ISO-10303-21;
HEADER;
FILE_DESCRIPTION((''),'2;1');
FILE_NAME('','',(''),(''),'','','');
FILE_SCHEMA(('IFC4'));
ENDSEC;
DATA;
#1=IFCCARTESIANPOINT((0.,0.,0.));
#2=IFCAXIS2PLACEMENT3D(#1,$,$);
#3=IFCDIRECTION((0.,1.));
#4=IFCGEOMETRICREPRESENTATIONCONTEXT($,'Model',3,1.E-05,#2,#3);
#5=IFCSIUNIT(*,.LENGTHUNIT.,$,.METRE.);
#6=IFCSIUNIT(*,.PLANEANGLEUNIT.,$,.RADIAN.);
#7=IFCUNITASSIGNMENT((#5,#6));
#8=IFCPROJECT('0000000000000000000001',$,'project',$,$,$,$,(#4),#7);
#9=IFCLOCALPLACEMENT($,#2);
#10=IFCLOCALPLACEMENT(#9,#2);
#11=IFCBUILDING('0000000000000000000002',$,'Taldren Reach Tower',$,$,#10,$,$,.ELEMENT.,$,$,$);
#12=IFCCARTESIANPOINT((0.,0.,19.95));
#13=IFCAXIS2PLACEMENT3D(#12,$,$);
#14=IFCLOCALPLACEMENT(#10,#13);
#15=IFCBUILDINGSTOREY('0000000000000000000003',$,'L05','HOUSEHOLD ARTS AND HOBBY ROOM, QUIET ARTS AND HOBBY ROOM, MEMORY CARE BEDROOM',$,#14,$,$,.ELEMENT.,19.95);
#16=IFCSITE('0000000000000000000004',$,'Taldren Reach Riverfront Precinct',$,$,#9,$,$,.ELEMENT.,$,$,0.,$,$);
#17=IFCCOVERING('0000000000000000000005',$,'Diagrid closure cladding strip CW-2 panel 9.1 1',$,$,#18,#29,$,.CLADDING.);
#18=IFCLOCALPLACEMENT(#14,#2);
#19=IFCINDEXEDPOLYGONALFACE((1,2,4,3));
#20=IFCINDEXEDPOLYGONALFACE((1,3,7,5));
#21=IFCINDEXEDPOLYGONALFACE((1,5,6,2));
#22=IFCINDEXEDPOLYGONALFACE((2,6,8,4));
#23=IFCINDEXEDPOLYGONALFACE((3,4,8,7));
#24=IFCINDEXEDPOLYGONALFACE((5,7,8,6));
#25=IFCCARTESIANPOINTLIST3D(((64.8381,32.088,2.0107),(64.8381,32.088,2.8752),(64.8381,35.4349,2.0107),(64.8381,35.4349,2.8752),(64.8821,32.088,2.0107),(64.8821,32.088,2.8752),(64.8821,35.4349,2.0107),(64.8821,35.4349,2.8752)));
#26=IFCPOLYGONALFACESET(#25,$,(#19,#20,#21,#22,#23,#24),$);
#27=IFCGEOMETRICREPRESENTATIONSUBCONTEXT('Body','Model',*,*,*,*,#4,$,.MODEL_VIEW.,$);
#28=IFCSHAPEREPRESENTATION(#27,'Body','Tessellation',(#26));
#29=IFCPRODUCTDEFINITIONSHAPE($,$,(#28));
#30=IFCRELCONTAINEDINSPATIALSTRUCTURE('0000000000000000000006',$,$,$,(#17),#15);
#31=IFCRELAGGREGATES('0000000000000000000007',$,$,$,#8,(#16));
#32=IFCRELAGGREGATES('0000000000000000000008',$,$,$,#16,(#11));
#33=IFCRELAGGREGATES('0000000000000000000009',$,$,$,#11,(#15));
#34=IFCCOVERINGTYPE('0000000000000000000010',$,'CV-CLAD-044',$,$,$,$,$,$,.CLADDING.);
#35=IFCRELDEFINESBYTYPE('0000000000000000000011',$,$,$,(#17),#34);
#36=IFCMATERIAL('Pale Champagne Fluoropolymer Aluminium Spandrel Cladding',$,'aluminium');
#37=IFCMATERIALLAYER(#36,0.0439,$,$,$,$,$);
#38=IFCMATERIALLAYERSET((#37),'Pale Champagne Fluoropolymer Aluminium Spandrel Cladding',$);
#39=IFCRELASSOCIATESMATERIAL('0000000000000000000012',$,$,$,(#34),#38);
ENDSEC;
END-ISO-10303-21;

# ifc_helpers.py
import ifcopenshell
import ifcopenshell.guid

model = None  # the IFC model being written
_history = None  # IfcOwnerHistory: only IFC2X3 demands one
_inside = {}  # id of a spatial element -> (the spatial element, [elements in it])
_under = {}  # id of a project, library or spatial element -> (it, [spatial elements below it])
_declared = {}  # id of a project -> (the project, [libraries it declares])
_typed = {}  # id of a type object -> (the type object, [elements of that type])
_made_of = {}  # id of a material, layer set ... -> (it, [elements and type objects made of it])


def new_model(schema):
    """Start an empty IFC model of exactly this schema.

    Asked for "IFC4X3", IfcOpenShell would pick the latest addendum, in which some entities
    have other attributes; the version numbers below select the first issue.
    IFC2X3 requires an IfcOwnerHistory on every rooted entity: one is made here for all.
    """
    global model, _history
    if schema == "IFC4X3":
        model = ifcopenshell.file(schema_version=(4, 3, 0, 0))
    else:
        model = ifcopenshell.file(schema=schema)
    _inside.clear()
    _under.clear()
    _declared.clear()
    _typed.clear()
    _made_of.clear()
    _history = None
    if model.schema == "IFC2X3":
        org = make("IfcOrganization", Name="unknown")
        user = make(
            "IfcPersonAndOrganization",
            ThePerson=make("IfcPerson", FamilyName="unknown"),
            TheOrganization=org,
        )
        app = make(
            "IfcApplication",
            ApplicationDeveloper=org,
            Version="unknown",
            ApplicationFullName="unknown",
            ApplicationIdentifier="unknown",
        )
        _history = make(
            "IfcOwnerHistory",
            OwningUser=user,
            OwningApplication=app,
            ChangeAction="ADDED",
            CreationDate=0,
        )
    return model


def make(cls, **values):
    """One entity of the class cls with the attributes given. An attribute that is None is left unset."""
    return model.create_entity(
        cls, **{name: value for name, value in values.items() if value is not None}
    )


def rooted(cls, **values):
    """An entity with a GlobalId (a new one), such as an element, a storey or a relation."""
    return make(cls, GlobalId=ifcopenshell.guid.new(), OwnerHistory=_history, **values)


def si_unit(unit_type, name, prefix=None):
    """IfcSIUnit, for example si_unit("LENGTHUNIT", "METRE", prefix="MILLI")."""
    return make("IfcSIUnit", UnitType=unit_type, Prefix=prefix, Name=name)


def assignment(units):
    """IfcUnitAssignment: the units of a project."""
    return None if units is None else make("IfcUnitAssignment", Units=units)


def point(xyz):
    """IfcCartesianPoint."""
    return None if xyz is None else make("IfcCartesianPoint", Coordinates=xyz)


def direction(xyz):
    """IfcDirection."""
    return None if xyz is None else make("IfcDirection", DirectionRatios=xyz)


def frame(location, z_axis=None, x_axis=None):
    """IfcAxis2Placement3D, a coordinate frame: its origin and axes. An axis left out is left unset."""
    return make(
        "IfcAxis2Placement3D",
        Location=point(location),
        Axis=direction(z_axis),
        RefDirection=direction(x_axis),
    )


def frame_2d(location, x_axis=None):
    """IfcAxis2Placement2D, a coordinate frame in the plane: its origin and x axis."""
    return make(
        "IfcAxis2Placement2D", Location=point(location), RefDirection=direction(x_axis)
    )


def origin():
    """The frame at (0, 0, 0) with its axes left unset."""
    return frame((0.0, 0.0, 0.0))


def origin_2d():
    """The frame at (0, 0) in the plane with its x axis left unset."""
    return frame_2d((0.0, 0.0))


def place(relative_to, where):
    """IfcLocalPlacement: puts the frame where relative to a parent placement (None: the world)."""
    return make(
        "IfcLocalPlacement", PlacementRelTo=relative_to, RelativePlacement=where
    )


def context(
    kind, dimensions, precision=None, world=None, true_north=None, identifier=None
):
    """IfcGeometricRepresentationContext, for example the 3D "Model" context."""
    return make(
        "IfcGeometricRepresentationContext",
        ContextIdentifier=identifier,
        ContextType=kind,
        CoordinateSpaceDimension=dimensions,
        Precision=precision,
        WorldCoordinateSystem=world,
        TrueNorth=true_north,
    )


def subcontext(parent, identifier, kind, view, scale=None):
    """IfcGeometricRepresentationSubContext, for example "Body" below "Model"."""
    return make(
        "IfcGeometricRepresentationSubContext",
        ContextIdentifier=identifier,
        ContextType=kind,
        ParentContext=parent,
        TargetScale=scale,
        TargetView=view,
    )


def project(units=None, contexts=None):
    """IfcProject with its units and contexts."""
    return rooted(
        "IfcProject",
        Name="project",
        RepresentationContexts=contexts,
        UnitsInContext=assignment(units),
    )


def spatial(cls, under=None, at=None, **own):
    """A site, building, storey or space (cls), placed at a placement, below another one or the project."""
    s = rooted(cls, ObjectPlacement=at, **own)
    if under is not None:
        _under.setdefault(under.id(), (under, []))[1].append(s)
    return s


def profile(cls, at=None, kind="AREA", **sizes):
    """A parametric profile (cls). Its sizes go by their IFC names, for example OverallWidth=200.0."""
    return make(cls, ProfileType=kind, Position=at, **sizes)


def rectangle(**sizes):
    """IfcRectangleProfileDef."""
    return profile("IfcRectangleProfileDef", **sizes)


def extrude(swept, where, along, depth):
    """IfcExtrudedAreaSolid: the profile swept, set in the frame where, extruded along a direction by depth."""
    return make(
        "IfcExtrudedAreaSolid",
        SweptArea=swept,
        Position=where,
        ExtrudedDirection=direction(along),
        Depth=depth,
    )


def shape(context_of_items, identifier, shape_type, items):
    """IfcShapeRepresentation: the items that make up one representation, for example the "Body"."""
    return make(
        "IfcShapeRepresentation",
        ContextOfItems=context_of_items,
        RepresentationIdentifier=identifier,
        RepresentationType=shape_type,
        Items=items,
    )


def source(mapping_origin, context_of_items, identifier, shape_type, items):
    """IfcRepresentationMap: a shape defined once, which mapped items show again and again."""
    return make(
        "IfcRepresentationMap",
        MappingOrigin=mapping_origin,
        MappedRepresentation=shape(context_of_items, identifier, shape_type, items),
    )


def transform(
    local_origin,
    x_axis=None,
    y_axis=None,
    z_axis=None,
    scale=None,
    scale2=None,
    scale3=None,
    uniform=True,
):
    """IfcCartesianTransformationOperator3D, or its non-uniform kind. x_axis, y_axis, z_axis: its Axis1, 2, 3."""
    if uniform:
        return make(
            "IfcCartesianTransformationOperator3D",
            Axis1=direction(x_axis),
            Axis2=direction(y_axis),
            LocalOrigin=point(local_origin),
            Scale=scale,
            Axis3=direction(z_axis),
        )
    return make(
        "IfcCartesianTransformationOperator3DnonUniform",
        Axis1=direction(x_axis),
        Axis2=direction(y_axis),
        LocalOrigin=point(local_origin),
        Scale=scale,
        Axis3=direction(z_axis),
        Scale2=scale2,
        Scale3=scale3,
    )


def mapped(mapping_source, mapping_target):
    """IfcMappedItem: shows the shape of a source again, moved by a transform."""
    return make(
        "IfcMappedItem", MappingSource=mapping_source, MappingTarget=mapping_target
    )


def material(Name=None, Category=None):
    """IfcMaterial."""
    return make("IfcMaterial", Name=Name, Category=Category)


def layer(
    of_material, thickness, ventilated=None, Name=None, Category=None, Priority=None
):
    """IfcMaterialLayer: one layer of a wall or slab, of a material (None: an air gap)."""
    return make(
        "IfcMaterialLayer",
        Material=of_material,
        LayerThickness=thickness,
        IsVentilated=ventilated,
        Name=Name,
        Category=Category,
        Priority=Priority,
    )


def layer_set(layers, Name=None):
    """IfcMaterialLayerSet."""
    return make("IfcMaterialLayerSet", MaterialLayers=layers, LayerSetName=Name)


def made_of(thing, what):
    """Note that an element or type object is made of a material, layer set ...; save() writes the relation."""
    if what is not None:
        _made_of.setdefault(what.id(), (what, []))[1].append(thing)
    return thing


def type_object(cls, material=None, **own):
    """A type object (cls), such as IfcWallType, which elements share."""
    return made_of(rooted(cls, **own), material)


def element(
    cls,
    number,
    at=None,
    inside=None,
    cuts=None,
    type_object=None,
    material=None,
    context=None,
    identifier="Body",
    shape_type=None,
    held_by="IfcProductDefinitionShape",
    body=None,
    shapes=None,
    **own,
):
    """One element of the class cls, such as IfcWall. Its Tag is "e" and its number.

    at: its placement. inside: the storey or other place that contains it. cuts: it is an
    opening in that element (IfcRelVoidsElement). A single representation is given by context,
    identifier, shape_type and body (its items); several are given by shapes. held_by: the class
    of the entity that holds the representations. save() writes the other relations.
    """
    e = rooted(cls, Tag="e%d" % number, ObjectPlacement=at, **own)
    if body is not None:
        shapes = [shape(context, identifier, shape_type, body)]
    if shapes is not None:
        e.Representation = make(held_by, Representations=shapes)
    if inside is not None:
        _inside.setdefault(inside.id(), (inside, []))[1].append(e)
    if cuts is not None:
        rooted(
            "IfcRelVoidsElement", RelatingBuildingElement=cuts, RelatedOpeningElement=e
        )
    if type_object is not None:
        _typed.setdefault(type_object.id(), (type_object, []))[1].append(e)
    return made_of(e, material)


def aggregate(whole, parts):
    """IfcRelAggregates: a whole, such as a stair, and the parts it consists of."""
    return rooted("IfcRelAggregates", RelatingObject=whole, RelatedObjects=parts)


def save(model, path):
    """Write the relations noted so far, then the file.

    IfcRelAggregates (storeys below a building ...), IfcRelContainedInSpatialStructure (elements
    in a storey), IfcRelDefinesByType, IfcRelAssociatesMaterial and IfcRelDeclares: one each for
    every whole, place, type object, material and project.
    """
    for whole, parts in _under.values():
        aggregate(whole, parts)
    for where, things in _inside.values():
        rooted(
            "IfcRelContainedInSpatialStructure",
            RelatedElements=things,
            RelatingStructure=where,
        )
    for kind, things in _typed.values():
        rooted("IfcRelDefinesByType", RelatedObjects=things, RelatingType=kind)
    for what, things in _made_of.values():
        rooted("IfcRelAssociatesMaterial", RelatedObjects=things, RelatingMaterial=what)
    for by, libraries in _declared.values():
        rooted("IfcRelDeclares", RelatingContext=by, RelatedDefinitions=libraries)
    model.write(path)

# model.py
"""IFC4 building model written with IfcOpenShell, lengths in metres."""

from ifc_helpers import new_model, si_unit, direction, frame, origin, origin_2d, place, context, subcontext, project, spatial, rectangle, extrude, source, transform, mapped, material, layer, layer_set, type_object, element, save


model = new_model("IFC4")

# Units and contexts
model_context = context("Model", 3, precision=1e-05, world=origin(), true_north=direction((0.0, 1.0)))
body_context = subcontext(model_context, "Body", "Model", "MODEL_VIEW")
ifc_project = project(units=[si_unit("LENGTHUNIT", "METRE"), si_unit("PLANEANGLEUNIT", "RADIAN")], contexts=[model_context])

# Site, building, storey
site_placement = place(None, origin())
site = spatial("IfcSite", under=ifc_project, at=site_placement, Name="Taldren Reach Riverfront Precinct", CompositionType="ELEMENT", RefElevation=0.0)
building_placement = place(site_placement, origin())
building = spatial("IfcBuilding", under=site, at=building_placement, Name="Taldren Reach Tower", CompositionType="ELEMENT")
storey_placement = place(building_placement, frame((0.0, 0.0, 19.95)))
storey = spatial("IfcBuildingStorey", under=building, at=storey_placement, Name="L05", Description="HOUSEHOLD ARTS AND HOBBY ROOM, QUIET ARTS AND HOBBY ROOM, MEMORY CARE BEDROOM", CompositionType="ELEMENT", Elevation=19.95)

# Covering
ifc_material_1 = material(Name="Pale Champagne Fluoropolymer Aluminium Spandrel Cladding", Category="aluminium")
ifc_layer_1 = layer(ifc_material_1, 0.0439)
ifc_layer_set_1 = layer_set([ifc_layer_1], Name="Pale Champagne Fluoropolymer Aluminium Spandrel Cladding")
covering_type = type_object("IfcCoveringType", Name="CV-CLAD-044", PredefinedType="CLADDING", material=ifc_layer_set_1)
shared_shape_1 = source(origin(), body_context, "Body", "SweptSolid", [
    extrude(rectangle(XDim=3.3469, YDim=0.0439, at=origin_2d()), origin(), (0.0, 0.0, 1.0), 0.8645),
])
covering_placement = place(storey_placement, frame((64.8601, 33.7615, 2.0107), z_axis=(0.0, 0.0, 1.0), x_axis=(0.0, 1.0, 0.0)))
element("IfcCovering", 1, at=covering_placement, inside=storey, type_object=covering_type, Name="Diagrid closure cladding strip CW-2 panel 9.1 1", PredefinedType="CLADDING", context=body_context, shape_type="MappedRepresentation", body=[
    mapped(shared_shape_1, transform((0.0, 0.0, 0.0), scale=1.0)),
])

save(model, "model.ifc")
